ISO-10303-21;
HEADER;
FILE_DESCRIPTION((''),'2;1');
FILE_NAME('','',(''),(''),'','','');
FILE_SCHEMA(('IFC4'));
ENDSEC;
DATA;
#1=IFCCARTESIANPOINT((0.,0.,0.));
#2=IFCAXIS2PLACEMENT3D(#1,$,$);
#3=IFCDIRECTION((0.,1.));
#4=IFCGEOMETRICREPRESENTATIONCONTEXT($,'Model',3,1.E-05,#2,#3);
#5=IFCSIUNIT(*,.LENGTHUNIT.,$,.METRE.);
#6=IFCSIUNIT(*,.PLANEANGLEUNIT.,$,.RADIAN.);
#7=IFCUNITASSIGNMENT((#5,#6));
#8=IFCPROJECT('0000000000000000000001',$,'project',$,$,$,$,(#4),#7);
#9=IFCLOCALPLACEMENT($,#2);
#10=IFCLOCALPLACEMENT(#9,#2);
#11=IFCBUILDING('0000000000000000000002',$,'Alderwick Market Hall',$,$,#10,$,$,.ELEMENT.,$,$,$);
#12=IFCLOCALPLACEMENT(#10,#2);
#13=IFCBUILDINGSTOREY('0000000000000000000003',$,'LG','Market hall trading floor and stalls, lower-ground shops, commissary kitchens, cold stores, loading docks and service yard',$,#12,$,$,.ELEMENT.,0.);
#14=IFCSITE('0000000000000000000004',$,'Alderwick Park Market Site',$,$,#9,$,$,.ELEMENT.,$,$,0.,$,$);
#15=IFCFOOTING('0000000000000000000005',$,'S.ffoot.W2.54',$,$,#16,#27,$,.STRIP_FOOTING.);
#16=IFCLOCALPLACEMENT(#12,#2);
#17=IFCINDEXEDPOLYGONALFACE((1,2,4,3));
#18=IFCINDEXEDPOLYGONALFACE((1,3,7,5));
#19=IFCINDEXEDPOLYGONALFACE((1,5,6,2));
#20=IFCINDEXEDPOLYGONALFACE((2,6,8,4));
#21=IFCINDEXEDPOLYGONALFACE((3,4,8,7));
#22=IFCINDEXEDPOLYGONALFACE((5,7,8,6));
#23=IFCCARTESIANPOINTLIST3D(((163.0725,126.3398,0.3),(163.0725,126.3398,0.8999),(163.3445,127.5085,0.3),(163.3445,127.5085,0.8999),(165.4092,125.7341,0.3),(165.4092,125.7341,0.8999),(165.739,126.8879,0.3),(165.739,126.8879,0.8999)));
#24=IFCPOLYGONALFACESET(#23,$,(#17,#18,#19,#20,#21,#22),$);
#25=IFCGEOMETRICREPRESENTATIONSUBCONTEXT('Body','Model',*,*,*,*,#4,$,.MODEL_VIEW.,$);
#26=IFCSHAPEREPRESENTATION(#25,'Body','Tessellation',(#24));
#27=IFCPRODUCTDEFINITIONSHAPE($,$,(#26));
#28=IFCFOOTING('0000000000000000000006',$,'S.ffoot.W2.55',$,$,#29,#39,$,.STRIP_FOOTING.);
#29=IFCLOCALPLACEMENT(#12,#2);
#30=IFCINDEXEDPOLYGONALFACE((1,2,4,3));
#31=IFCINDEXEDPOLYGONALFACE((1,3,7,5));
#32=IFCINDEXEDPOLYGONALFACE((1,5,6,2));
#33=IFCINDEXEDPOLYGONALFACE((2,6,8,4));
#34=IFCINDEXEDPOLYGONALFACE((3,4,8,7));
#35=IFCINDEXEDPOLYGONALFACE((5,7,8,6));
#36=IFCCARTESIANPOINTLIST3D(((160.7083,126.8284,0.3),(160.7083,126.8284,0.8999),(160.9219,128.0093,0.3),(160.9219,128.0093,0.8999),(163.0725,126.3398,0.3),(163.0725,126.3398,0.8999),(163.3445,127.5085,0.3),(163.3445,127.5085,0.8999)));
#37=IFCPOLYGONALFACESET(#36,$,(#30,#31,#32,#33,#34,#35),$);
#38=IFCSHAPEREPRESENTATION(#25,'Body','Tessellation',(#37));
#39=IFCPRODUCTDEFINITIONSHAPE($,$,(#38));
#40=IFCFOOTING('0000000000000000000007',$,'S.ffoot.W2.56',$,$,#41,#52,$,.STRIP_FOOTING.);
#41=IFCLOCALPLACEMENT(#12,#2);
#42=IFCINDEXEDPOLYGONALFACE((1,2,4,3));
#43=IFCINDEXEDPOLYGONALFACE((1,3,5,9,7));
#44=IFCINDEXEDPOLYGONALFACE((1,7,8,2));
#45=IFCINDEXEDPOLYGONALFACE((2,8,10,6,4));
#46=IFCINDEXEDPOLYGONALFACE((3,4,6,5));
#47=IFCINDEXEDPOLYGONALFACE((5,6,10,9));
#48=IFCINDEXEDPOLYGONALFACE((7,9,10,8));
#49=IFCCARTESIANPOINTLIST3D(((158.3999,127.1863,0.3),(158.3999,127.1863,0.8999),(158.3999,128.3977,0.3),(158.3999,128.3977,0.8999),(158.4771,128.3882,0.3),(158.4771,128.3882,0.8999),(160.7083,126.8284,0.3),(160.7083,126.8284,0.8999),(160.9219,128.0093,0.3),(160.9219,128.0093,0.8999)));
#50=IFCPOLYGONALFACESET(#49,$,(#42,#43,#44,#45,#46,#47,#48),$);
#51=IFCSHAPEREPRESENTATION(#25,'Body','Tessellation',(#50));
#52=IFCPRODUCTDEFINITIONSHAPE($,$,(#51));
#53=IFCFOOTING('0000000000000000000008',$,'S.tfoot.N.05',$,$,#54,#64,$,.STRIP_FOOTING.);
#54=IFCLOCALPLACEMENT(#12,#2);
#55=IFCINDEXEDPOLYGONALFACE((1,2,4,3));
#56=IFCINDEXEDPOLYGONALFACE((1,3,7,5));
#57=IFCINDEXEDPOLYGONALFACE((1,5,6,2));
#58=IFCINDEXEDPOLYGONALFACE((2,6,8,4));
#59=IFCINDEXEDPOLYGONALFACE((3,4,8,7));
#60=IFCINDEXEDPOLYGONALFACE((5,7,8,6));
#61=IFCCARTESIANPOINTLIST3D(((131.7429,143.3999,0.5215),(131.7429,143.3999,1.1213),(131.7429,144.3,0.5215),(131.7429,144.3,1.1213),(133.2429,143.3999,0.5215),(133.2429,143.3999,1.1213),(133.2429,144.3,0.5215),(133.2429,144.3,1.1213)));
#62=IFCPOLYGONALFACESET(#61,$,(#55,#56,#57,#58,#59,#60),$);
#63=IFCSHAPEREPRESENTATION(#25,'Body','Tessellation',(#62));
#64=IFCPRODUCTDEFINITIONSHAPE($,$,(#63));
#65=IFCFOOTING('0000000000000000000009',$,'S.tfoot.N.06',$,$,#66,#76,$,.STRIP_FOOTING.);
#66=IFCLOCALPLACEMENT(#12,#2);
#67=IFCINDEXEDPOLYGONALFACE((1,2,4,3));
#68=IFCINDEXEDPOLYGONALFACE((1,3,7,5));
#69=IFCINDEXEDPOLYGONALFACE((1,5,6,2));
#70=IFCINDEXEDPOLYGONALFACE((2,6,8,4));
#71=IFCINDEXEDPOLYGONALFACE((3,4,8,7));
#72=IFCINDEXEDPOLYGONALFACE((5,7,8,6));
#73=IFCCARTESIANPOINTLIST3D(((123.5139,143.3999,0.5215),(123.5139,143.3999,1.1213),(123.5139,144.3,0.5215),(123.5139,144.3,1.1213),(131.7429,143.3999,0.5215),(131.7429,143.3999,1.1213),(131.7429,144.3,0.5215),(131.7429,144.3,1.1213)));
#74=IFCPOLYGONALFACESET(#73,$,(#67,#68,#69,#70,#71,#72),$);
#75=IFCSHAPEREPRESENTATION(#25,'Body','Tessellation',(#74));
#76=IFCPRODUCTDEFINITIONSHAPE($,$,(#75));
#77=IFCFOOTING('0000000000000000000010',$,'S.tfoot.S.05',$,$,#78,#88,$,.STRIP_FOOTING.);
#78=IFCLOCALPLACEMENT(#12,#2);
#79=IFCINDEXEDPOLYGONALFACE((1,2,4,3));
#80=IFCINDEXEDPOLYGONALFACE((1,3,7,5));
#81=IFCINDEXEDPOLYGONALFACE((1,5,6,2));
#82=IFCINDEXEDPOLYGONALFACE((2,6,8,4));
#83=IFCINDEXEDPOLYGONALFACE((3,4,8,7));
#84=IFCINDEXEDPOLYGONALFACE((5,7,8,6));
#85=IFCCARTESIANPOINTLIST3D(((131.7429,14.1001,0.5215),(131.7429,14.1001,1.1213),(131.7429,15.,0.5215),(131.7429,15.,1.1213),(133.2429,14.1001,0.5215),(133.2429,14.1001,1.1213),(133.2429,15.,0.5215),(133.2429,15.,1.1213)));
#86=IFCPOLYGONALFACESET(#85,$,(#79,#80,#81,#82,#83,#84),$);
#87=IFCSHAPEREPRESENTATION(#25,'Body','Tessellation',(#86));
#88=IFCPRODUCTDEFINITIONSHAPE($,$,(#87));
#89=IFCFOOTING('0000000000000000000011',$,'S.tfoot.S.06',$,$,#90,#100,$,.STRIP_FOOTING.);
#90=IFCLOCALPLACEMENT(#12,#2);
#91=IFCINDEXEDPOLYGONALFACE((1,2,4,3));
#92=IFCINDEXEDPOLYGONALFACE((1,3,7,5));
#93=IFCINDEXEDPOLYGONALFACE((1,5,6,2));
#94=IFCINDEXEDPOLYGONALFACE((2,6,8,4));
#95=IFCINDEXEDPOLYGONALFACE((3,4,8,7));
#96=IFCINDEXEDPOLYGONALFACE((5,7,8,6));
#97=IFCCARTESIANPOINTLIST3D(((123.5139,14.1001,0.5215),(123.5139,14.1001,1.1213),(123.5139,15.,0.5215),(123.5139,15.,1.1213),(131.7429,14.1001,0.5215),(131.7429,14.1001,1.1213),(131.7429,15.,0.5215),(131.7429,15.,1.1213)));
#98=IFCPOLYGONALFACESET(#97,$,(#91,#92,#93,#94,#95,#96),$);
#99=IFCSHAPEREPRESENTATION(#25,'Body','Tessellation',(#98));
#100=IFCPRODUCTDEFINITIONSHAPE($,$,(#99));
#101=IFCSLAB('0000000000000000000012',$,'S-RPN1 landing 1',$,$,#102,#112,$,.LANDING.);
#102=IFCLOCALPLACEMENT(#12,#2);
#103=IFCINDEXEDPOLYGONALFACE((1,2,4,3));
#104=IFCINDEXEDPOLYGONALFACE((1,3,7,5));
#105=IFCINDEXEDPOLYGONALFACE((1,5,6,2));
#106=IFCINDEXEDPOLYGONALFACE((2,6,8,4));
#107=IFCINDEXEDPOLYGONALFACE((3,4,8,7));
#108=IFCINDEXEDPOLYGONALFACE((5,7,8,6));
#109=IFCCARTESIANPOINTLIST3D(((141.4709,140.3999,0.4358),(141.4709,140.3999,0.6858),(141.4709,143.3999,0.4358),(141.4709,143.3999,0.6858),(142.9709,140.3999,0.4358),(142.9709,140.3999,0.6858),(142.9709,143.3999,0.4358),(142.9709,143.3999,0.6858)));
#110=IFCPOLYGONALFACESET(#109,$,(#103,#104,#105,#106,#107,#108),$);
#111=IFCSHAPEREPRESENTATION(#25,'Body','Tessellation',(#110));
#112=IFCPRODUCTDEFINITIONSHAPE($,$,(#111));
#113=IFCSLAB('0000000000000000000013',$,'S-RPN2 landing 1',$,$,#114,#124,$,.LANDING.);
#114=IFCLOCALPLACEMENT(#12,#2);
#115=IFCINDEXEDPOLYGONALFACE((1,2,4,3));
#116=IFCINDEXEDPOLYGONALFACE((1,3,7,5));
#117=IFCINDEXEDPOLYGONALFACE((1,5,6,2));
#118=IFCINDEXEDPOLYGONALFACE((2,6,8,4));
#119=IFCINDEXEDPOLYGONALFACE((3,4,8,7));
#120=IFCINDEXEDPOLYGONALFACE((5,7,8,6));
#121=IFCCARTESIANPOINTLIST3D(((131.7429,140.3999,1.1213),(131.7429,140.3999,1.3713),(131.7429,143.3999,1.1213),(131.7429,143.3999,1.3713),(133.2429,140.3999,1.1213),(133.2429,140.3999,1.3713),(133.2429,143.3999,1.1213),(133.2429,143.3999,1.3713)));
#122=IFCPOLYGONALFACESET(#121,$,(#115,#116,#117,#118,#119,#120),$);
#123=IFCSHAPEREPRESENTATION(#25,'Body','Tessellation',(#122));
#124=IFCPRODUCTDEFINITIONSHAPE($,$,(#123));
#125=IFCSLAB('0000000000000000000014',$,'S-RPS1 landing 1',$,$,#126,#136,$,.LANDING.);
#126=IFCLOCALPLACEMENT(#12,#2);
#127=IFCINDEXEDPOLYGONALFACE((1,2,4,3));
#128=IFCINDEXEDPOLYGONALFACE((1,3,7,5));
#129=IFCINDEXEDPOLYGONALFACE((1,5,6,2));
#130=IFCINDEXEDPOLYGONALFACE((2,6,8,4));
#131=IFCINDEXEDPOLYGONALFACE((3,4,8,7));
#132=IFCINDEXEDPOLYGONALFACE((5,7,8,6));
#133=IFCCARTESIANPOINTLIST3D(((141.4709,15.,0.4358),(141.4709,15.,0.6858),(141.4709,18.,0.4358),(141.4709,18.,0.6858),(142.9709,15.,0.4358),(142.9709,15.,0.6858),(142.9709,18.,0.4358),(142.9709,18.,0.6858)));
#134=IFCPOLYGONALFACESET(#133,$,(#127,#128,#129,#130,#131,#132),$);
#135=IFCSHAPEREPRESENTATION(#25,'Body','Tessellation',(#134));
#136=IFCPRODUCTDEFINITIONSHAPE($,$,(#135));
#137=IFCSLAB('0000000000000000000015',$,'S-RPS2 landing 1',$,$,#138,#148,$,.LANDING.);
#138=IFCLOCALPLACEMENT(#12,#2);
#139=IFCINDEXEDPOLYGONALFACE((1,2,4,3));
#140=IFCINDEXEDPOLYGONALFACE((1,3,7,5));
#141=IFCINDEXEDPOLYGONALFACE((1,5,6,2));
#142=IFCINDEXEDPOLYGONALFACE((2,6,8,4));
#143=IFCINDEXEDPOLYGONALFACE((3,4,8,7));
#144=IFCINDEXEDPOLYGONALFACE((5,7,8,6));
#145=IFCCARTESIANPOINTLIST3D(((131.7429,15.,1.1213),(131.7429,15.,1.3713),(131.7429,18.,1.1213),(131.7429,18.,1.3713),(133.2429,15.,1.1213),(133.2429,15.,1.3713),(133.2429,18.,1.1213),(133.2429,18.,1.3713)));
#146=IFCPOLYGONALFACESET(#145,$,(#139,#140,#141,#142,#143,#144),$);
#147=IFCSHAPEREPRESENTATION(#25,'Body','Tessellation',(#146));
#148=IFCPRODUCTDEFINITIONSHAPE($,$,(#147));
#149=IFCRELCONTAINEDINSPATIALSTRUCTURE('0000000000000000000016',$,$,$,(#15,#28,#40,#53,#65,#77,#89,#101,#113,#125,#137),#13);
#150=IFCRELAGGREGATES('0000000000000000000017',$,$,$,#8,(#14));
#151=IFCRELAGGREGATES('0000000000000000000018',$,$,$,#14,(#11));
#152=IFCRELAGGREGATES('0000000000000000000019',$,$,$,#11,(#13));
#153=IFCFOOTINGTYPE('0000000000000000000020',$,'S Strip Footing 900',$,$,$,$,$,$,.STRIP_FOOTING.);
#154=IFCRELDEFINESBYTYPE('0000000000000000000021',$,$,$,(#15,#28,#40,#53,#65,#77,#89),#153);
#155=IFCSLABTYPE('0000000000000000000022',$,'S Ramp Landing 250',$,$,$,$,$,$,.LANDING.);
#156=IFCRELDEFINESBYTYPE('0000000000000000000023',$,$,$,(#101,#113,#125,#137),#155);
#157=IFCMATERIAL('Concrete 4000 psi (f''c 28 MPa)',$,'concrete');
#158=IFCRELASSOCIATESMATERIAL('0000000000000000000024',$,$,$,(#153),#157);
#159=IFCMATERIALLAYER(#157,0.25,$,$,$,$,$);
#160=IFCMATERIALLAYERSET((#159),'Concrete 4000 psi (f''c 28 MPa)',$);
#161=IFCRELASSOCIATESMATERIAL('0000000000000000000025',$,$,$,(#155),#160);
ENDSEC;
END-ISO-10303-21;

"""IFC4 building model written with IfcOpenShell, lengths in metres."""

from ifc_helpers import new_model, si_unit, direction, frame, origin, place, context, subcontext, project, spatial, polyline, outline, extrude, material, layer, layer_set, type_object, element, save


model = new_model("IFC4")

# Units and contexts
model_context = context("Model", 3, precision=1e-05, world=origin(), true_north=direction((0.0, 1.0)))
body_context = subcontext(model_context, "Body", "Model", "MODEL_VIEW")
ifc_project = project(units=[si_unit("LENGTHUNIT", "METRE"), si_unit("PLANEANGLEUNIT", "RADIAN")], contexts=[model_context])

# Site, building, storey
site_placement = place(None, origin())
site = spatial("IfcSite", under=ifc_project, at=site_placement, Name="Alderwick Park Market Site", CompositionType="ELEMENT", RefElevation=0.0)
building_placement = place(site_placement, origin())
building = spatial("IfcBuilding", under=site, at=building_placement, Name="Alderwick Market Hall", CompositionType="ELEMENT")
storey_placement = place(building_placement, origin())
storey = spatial("IfcBuildingStorey", under=building, at=storey_placement, Name="LG", Description="Market hall trading floor and stalls, lower-ground shops, commissary kitchens, cold stores, loading docks and service yard", CompositionType="ELEMENT", Elevation=0.0)

# Footings
ifc_material_1 = material(Name="Concrete 4000 psi (f'c 28 MPa)", Category="concrete")
footing_type = type_object("IfcFootingType", Name="S Strip Footing 900", PredefinedType="STRIP_FOOTING", material=ifc_material_1)
footing_1_placement = place(storey_placement, frame((0.0, 0.0, 0.3)))
element("IfcFooting", 1, at=footing_1_placement, inside=storey, type_object=footing_type, Name="S.ffoot.W2.54", PredefinedType="STRIP_FOOTING", context=body_context, shape_type="SweptSolid", body=[
    extrude(outline(polyline([(165.739, 126.8879), (163.3445, 127.5085), (163.0725, 126.3398), (165.4092, 125.7341), (165.739, 126.8879)])), origin(), (0.0, 0.0, 1.0), 0.5999),
])
footing_2_placement = place(storey_placement, frame((0.0, 0.0, 0.3)))
element("IfcFooting", 2, at=footing_2_placement, inside=storey, type_object=footing_type, Name="S.ffoot.W2.55", PredefinedType="STRIP_FOOTING", context=body_context, shape_type="SweptSolid", body=[
    extrude(outline(polyline([(163.3445, 127.5085), (160.9219, 128.0093), (160.7083, 126.8284), (163.0725, 126.3398), (163.3445, 127.5085)])), origin(), (0.0, 0.0, 1.0), 0.5999),
])
footing_3_placement = place(storey_placement, frame((0.0, 0.0, 0.3)))
element("IfcFooting", 3, at=footing_3_placement, inside=storey, type_object=footing_type, Name="S.ffoot.W2.56", PredefinedType="STRIP_FOOTING", context=body_context, shape_type="SweptSolid", body=[
    extrude(outline(polyline([(160.9219, 128.0093), (158.4771, 128.3882), (158.3999, 128.3977), (158.3999, 127.1863), (160.7083, 126.8284), (160.9219, 128.0093)])), origin(), (0.0, 0.0, 1.0), 0.5999),
])
footing_4_placement = place(storey_placement, frame((0.0, 0.0, 0.5215)))
element("IfcFooting", 4, at=footing_4_placement, inside=storey, type_object=footing_type, Name="S.tfoot.N.05", PredefinedType="STRIP_FOOTING", context=body_context, shape_type="SweptSolid", body=[
    extrude(outline(polyline([(133.2429, 143.3999), (133.2429, 144.3), (131.7429, 144.3), (131.7429, 143.3999), (133.2429, 143.3999)])), origin(), (0.0, 0.0, 1.0), 0.5999),
])
footing_5_placement = place(storey_placement, frame((0.0, 0.0, 0.5215)))
element("IfcFooting", 5, at=footing_5_placement, inside=storey, type_object=footing_type, Name="S.tfoot.N.06", PredefinedType="STRIP_FOOTING", context=body_context, shape_type="SweptSolid", body=[
    extrude(outline(polyline([(131.7429, 143.3999), (131.7429, 144.3), (123.5139, 144.3), (123.5139, 143.3999), (131.7429, 143.3999)])), origin(), (0.0, 0.0, 1.0), 0.5999),
])
footing_6_placement = place(storey_placement, frame((0.0, 0.0, 0.5215)))
element("IfcFooting", 6, at=footing_6_placement, inside=storey, type_object=footing_type, Name="S.tfoot.S.05", PredefinedType="STRIP_FOOTING", context=body_context, shape_type="SweptSolid", body=[
    extrude(outline(polyline([(133.2429, 14.1001), (133.2429, 15.0), (131.7429, 15.0), (131.7429, 14.1001), (133.2429, 14.1001)])), origin(), (0.0, 0.0, 1.0), 0.5999),
])
footing_7_placement = place(storey_placement, frame((0.0, 0.0, 0.5215)))
element("IfcFooting", 7, at=footing_7_placement, inside=storey, type_object=footing_type, Name="S.tfoot.S.06", PredefinedType="STRIP_FOOTING", context=body_context, shape_type="SweptSolid", body=[
    extrude(outline(polyline([(131.7429, 14.1001), (131.7429, 15.0), (123.5139, 15.0), (123.5139, 14.1001), (131.7429, 14.1001)])), origin(), (0.0, 0.0, 1.0), 0.5999),
])

# Slabs
ifc_layer_1 = layer(ifc_material_1, 0.25)
ifc_layer_set_1 = layer_set([ifc_layer_1], Name="Concrete 4000 psi (f'c 28 MPa)")
slab_type_1 = type_object("IfcSlabType", Name="S Ramp Landing 250", PredefinedType="LANDING", material=ifc_layer_set_1)
slab_1_placement = place(storey_placement, frame((0.0, 0.0, 0.4358)))
element("IfcSlab", 8, at=slab_1_placement, inside=storey, type_object=slab_type_1, Name="S-RPN1 landing 1", PredefinedType="LANDING", context=body_context, shape_type="SweptSolid", body=[
    extrude(outline(polyline([(142.9709, 140.3999), (141.4709, 140.3999), (141.4709, 143.3999), (142.9709, 143.3999), (142.9709, 140.3999)])), origin(), (0.0, 0.0, 1.0), 0.25),
])
slab_2_placement = place(storey_placement, frame((0.0, 0.0, 1.1213)))
element("IfcSlab", 9, at=slab_2_placement, inside=storey, type_object=slab_type_1, Name="S-RPN2 landing 1", PredefinedType="LANDING", context=body_context, shape_type="SweptSolid", body=[
    extrude(outline(polyline([(133.2429, 140.3999), (131.7429, 140.3999), (131.7429, 143.3999), (133.2429, 143.3999), (133.2429, 140.3999)])), origin(), (0.0, 0.0, 1.0), 0.25),
])
slab_3_placement = place(storey_placement, frame((0.0, 0.0, 0.4358)))
element("IfcSlab", 10, at=slab_3_placement, inside=storey, type_object=slab_type_1, Name="S-RPS1 landing 1", PredefinedType="LANDING", context=body_context, shape_type="SweptSolid", body=[
    extrude(outline(polyline([(142.9709, 15.0), (141.4709, 15.0), (141.4709, 18.0), (142.9709, 18.0), (142.9709, 15.0)])), origin(), (0.0, 0.0, 1.0), 0.25),
])
slab_4_placement = place(storey_placement, frame((0.0, 0.0, 1.1213)))
element("IfcSlab", 11, at=slab_4_placement, inside=storey, type_object=slab_type_1, Name="S-RPS2 landing 1", PredefinedType="LANDING", context=body_context, shape_type="SweptSolid", body=[
    extrude(outline(polyline([(133.2429, 15.0), (131.7429, 15.0), (131.7429, 18.0), (133.2429, 18.0), (133.2429, 15.0)])), origin(), (0.0, 0.0, 1.0), 0.25),
])

save(model, "model.ifc")
